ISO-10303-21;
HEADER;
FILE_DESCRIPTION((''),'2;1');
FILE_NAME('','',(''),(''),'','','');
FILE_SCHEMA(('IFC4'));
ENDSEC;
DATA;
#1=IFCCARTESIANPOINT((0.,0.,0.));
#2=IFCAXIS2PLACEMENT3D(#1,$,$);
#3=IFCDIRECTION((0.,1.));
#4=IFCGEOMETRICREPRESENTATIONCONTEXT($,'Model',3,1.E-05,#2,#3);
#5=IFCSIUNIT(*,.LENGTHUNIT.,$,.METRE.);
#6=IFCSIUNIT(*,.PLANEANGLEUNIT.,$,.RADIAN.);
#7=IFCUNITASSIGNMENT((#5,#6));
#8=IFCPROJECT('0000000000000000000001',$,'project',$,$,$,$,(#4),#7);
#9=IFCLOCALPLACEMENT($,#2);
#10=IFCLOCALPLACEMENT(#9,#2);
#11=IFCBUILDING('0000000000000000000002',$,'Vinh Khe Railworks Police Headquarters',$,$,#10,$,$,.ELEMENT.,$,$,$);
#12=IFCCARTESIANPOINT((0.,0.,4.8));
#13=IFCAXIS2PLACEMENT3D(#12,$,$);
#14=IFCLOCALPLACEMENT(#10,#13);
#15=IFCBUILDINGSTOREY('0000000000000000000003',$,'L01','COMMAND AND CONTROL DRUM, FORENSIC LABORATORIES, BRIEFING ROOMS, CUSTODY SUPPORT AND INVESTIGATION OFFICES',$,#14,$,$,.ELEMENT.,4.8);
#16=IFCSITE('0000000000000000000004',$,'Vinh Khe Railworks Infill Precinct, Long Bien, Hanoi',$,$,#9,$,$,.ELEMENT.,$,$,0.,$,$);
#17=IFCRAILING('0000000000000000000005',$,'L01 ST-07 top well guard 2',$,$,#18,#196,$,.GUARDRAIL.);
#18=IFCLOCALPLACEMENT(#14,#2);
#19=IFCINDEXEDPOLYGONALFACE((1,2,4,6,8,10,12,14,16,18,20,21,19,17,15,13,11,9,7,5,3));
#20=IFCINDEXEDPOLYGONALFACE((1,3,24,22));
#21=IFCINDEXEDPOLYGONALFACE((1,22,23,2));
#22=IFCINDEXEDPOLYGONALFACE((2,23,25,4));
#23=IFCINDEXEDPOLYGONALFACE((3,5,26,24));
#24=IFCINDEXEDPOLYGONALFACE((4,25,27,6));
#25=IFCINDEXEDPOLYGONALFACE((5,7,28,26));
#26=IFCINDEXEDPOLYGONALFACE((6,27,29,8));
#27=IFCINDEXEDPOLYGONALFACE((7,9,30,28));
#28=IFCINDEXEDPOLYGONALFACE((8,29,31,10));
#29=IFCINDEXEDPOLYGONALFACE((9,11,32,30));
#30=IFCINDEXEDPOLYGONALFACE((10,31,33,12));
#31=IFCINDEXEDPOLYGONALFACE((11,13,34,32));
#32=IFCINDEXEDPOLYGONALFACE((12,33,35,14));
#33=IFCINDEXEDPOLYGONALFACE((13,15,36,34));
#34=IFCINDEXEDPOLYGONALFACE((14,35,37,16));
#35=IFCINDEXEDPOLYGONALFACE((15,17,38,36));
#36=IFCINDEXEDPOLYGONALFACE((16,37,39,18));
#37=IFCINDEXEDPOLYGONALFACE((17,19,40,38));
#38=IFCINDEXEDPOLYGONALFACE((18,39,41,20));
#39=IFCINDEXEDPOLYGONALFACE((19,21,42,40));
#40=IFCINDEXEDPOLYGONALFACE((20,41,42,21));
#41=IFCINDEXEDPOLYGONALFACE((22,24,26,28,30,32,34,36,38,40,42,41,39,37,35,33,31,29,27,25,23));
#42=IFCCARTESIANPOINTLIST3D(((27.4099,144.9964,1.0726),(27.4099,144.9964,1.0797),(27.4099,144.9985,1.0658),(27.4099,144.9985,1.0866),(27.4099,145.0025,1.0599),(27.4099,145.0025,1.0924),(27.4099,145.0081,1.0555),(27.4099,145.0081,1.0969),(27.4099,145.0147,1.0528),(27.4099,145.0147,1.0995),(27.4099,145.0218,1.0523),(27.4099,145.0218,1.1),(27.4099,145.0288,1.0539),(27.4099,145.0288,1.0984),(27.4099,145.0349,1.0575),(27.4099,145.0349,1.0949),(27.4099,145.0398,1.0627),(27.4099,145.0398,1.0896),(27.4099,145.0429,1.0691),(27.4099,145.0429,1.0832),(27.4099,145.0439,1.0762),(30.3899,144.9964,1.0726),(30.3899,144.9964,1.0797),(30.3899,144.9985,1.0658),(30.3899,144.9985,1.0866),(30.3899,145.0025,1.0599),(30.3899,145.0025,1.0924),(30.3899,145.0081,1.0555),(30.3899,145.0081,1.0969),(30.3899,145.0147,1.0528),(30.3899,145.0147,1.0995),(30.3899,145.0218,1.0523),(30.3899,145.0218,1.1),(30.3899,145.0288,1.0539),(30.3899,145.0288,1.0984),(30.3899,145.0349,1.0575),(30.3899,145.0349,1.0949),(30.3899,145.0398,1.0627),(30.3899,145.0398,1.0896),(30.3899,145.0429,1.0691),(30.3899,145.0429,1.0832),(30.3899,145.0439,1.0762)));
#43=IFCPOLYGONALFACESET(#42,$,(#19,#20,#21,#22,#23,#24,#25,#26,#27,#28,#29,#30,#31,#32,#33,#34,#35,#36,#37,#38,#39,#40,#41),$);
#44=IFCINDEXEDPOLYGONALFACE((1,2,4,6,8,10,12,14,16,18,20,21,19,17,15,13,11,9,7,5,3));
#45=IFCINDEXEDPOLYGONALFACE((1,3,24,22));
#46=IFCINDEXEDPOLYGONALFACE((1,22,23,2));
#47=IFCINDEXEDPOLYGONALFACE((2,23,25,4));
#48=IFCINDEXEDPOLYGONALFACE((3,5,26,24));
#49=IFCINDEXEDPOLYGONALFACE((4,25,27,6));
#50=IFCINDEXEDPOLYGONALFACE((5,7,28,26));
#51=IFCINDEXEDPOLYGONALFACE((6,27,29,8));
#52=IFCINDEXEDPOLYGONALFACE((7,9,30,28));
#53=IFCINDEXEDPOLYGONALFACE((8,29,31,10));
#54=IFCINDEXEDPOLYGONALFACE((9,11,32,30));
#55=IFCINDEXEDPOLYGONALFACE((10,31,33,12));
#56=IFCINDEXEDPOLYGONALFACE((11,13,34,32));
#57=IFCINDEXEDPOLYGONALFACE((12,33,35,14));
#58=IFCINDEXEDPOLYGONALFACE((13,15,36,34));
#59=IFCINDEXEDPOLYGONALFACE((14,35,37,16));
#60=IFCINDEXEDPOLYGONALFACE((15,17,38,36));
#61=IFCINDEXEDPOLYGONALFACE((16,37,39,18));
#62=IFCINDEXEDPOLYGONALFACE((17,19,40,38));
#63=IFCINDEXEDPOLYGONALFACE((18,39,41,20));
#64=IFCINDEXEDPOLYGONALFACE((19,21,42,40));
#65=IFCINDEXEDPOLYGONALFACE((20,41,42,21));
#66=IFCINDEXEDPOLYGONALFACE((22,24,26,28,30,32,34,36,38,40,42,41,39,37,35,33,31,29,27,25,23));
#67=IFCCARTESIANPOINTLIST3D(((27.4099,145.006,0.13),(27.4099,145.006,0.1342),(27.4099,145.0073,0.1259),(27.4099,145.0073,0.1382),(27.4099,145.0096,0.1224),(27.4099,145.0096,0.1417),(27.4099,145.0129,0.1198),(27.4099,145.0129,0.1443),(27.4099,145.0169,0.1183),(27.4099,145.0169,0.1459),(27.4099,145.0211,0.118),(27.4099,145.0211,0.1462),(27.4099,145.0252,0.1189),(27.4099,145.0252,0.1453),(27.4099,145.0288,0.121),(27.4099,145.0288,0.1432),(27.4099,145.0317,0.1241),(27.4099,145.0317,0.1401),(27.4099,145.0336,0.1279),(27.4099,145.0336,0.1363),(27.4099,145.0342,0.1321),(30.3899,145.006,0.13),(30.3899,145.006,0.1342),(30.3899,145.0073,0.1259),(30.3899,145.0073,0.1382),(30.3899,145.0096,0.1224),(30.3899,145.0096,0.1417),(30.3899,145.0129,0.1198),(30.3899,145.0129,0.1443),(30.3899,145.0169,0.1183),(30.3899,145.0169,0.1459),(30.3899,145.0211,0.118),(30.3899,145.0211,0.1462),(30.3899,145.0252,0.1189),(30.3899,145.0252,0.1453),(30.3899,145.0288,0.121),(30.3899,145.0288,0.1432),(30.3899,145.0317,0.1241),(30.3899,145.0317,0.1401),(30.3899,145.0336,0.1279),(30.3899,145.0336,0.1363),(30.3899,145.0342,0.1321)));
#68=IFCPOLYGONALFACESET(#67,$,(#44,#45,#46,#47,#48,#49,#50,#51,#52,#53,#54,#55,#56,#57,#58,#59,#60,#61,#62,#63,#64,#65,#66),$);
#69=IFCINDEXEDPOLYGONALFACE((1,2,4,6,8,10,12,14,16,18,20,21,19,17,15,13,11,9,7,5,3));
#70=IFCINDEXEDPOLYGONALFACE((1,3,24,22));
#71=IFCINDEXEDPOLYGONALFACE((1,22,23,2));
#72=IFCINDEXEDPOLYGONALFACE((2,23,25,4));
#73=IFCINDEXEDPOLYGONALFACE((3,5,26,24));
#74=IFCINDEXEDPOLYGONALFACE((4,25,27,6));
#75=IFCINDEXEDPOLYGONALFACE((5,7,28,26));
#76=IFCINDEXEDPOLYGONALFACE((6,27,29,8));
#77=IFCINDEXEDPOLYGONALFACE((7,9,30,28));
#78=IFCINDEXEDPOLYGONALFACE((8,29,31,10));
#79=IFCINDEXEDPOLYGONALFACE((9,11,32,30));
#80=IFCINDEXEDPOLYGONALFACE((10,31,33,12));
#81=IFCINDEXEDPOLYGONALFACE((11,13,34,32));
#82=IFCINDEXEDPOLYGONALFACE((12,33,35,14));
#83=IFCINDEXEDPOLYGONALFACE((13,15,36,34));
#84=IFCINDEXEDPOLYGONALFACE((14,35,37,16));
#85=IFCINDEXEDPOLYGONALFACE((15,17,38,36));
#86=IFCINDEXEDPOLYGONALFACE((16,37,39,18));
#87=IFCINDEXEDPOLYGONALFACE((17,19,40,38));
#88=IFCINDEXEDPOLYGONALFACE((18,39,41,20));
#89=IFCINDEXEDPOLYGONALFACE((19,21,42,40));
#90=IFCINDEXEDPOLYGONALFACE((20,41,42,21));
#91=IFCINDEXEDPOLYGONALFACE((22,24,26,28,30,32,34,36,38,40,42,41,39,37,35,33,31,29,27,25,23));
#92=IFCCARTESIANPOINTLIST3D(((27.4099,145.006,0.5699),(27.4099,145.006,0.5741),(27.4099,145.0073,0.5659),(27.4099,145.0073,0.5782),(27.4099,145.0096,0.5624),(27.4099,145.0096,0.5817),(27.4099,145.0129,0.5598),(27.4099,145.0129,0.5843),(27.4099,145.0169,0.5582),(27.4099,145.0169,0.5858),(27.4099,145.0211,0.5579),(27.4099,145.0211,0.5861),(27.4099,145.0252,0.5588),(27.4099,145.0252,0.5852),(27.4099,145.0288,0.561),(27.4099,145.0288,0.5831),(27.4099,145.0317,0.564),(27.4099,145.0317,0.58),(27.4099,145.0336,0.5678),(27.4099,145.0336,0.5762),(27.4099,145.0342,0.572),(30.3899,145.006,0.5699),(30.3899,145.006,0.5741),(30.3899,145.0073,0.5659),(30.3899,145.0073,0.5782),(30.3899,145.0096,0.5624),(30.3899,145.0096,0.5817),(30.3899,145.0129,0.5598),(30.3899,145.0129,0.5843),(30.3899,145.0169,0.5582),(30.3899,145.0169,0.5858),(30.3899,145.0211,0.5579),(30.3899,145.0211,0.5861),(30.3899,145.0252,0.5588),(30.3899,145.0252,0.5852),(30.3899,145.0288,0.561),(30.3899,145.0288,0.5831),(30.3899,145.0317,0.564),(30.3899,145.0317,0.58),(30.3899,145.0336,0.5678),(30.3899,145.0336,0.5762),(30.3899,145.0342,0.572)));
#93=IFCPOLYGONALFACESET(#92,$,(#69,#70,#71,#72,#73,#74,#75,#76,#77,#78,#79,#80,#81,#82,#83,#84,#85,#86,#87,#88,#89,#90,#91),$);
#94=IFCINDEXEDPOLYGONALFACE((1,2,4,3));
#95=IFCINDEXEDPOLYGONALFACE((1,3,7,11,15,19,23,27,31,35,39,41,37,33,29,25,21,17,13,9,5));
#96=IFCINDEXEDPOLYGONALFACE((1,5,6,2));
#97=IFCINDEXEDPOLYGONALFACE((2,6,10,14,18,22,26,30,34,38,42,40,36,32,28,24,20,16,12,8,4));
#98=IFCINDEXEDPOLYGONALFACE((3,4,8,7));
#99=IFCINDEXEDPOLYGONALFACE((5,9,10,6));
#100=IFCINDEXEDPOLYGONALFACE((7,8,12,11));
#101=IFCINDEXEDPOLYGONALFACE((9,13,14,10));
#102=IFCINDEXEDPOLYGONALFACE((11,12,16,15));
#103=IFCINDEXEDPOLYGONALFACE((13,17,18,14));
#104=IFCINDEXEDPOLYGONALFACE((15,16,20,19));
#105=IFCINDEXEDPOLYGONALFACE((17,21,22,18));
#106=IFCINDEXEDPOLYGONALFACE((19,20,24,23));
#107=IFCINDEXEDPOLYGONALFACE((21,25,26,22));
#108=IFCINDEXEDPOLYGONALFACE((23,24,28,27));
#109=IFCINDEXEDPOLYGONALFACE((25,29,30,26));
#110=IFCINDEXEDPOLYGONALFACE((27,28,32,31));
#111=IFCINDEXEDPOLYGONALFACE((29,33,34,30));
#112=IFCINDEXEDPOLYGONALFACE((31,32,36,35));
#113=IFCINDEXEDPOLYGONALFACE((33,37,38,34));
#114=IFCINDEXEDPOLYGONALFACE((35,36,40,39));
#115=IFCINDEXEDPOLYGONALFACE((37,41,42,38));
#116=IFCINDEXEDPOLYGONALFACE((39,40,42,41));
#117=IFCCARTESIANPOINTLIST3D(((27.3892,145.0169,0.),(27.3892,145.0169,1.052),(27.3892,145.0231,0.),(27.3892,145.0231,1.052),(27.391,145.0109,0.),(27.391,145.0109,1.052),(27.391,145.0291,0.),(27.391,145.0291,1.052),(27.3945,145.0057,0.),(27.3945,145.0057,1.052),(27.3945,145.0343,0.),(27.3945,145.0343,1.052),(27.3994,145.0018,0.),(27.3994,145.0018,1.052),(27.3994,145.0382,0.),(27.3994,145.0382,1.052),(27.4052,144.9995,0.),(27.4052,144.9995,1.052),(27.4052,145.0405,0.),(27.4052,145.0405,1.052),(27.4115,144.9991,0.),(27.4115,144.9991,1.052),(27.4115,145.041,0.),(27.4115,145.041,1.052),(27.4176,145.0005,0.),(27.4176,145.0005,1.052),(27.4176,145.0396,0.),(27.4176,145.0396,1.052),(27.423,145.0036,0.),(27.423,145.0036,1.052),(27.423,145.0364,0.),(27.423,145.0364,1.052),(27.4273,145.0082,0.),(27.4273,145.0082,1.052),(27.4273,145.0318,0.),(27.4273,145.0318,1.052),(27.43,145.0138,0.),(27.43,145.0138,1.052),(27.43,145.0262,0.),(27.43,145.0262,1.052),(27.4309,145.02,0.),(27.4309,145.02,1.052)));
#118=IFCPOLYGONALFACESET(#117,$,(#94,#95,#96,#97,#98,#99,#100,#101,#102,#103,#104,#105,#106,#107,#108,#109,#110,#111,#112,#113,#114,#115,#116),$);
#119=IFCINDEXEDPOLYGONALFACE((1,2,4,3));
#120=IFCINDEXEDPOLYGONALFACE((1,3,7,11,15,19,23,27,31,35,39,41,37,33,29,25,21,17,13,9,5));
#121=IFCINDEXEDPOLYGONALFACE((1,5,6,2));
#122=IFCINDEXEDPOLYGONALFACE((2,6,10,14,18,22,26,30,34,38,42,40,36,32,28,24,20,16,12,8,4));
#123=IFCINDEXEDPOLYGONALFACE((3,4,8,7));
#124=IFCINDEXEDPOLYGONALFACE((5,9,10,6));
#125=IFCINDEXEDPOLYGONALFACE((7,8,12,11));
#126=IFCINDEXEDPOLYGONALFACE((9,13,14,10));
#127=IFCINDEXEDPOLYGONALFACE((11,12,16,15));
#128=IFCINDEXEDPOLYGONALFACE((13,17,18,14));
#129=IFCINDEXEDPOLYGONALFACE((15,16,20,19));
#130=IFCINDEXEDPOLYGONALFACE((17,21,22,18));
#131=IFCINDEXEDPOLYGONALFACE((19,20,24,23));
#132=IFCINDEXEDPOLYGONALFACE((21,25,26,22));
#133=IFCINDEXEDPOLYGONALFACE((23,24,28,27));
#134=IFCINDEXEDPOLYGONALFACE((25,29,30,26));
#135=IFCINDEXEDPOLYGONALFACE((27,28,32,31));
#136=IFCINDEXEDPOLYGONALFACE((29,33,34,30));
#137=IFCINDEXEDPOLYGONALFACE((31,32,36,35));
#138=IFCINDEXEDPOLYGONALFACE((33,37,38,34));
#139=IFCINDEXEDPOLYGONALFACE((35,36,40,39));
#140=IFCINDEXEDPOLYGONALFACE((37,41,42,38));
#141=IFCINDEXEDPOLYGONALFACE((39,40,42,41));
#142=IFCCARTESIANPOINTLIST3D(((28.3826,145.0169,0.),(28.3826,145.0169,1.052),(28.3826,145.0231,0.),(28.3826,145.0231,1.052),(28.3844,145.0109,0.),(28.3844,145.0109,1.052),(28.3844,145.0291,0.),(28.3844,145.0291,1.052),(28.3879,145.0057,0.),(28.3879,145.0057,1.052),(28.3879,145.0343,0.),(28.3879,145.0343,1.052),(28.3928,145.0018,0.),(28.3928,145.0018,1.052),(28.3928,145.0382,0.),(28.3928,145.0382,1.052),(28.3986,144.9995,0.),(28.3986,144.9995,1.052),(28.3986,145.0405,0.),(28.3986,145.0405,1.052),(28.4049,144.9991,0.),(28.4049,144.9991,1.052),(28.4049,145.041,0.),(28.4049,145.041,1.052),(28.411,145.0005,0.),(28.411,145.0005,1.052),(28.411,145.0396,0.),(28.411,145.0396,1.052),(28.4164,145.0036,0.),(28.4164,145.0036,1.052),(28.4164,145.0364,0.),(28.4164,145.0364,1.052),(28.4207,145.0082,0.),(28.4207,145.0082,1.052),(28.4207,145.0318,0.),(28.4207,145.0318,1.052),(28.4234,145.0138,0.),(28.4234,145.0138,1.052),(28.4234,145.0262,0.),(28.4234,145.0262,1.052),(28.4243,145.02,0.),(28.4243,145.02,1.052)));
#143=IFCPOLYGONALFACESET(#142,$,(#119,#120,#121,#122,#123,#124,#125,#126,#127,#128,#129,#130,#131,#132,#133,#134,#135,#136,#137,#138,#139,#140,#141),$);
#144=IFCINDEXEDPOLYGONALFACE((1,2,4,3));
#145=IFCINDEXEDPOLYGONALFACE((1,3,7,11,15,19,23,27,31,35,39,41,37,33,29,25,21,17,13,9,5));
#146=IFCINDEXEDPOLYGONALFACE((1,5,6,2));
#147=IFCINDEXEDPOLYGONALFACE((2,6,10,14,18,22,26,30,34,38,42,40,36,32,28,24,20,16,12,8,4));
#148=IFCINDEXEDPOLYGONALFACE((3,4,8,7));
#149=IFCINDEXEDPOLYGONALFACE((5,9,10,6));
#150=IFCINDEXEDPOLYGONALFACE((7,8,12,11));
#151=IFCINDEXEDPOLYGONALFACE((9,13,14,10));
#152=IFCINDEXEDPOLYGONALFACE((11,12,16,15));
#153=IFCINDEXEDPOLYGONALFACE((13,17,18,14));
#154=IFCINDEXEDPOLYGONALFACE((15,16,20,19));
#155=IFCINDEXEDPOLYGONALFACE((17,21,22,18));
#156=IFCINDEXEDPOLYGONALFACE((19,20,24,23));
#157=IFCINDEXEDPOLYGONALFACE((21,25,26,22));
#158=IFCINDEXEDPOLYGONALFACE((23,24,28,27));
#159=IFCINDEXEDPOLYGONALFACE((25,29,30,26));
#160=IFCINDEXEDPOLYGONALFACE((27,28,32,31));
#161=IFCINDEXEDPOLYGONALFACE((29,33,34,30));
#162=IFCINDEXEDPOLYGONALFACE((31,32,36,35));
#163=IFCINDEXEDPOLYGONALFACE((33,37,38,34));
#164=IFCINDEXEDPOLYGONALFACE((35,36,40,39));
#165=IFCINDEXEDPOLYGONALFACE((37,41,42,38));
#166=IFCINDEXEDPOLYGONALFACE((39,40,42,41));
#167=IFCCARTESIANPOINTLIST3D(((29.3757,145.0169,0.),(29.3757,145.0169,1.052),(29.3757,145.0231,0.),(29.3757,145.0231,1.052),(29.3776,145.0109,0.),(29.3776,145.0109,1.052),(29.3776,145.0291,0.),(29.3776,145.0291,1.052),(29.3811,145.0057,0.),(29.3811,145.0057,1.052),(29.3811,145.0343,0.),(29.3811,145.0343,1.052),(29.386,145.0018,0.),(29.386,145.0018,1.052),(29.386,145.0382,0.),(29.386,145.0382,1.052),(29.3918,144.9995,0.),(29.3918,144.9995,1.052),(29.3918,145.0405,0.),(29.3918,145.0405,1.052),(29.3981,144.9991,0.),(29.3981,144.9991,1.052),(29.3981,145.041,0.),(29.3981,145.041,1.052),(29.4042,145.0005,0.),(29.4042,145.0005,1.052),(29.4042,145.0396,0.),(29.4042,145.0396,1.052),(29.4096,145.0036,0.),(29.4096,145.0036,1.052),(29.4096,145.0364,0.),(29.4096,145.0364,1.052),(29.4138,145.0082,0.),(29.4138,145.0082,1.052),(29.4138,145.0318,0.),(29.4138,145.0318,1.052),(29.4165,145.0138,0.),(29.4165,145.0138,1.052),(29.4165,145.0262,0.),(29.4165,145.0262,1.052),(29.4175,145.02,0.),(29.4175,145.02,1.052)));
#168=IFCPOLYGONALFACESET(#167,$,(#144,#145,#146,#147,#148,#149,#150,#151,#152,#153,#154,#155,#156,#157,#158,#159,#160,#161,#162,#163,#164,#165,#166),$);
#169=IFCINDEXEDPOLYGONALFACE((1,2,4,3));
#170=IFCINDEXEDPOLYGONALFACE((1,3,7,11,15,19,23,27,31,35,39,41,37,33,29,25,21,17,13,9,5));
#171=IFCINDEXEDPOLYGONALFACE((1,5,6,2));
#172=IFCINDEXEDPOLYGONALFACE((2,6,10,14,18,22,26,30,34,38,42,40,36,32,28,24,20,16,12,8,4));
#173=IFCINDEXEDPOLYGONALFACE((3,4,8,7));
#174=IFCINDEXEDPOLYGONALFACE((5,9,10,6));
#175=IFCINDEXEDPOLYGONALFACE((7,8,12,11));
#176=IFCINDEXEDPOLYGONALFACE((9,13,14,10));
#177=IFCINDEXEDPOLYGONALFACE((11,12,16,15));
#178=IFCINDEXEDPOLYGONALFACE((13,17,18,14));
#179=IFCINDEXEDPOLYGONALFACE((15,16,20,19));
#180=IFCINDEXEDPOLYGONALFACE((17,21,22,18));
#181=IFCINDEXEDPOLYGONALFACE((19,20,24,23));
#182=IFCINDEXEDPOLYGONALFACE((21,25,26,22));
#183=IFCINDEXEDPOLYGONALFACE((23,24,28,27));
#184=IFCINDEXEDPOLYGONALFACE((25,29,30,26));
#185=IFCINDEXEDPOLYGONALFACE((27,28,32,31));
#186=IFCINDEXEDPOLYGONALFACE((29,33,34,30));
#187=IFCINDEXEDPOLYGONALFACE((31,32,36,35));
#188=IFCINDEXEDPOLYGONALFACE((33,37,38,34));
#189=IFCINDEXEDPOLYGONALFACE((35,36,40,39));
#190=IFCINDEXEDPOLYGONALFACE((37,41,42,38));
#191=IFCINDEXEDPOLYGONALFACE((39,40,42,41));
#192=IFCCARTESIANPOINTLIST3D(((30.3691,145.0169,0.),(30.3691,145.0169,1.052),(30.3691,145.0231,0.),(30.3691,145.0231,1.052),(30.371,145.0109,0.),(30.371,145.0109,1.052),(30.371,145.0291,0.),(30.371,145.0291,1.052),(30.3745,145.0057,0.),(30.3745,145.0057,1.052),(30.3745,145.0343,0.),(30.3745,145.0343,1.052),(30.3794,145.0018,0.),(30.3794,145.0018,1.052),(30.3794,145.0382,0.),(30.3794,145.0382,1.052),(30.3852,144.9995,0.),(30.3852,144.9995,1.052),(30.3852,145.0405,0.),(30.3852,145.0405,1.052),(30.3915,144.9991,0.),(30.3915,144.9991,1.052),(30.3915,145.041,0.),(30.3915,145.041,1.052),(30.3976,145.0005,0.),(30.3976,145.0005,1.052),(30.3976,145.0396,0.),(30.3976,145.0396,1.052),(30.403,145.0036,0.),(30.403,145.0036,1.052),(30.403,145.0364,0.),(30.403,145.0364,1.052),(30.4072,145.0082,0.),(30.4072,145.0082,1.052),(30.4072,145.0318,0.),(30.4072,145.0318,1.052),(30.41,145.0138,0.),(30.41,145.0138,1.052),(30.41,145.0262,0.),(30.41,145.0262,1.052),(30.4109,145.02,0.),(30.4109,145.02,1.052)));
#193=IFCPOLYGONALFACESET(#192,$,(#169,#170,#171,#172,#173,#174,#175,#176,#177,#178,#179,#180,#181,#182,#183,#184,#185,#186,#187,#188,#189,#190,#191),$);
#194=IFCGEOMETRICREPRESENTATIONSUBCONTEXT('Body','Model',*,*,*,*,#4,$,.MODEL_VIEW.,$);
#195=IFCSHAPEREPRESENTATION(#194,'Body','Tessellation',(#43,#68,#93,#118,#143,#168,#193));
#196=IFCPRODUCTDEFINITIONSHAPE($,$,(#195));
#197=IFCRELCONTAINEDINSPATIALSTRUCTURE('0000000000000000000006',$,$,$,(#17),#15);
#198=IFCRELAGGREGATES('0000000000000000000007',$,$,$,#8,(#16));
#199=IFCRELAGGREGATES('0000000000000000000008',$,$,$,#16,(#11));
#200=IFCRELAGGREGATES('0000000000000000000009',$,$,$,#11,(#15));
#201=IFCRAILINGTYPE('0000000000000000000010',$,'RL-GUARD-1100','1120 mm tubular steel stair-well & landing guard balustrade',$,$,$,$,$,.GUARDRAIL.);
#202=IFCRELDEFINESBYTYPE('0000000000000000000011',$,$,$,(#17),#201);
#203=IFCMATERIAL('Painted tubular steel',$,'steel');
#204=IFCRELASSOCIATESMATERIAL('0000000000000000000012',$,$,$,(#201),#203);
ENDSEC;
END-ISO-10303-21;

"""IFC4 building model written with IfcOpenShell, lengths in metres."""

from ifc_helpers import new_model, si_unit, direction, frame, origin, origin_2d, place, context, subcontext, project, spatial, circle, extrude, material, type_object, element, save


model = new_model("IFC4")

# Units and contexts
model_context = context("Model", 3, precision=1e-05, world=origin(), true_north=direction((0.0, 1.0)))
body_context = subcontext(model_context, "Body", "Model", "MODEL_VIEW")
ifc_project = project(units=[si_unit("LENGTHUNIT", "METRE"), si_unit("PLANEANGLEUNIT", "RADIAN")], contexts=[model_context])

# Site, building, storey
site_placement = place(None, origin())
site = spatial("IfcSite", under=ifc_project, at=site_placement, Name="Vinh Khe Railworks Infill Precinct, Long Bien, Hanoi", CompositionType="ELEMENT", RefElevation=0.0)
building_placement = place(site_placement, origin())
building = spatial("IfcBuilding", under=site, at=building_placement, Name="Vinh Khe Railworks Police Headquarters", CompositionType="ELEMENT")
storey_placement = place(building_placement, frame((0.0, 0.0, 4.8)))
storey = spatial("IfcBuildingStorey", under=building, at=storey_placement, Name="L01", Description="COMMAND AND CONTROL DRUM, FORENSIC LABORATORIES, BRIEFING ROOMS, CUSTODY SUPPORT AND INVESTIGATION OFFICES", CompositionType="ELEMENT", Elevation=4.8)

# Railing
ifc_material_1 = material(Name="Painted tubular steel", Category="steel")
railing_type_1 = type_object("IfcRailingType", Name="RL-GUARD-1100", Description="1120 mm tubular steel stair-well & landing guard balustrade", PredefinedType="GUARDRAIL", material=ifc_material_1)
railing_1_placement = place(storey_placement, frame((27.4099, 145.02, 0.0)))
element("IfcRailing", 1, at=railing_1_placement, inside=storey, type_object=railing_type_1, Name="L01 ST-07 top well guard 2", PredefinedType="GUARDRAIL", context=body_context, shape_type="SweptSolid", body=[
    extrude(circle(Radius=0.0239, at=origin_2d()), frame((0.0, 0.0, 1.0762), z_axis=(1.0, 0.0, 0.0), x_axis=(0.0, 1.0, 0.0)), (0.0, 0.0, 1.0), 2.98),
    extrude(circle(Radius=0.0142, at=origin_2d()), frame((0.0, 0.0, 0.1321), z_axis=(1.0, 0.0, 0.0), x_axis=(0.0, 1.0, 0.0)), (0.0, 0.0, 1.0), 2.98),
    extrude(circle(Radius=0.0142, at=origin_2d()), frame((0.0, 0.0, 0.572), z_axis=(1.0, 0.0, 0.0), x_axis=(0.0, 1.0, 0.0)), (0.0, 0.0, 1.0), 2.98),
    extrude(circle(Radius=0.021, at=origin_2d()), origin(), (0.0, 0.0, 1.0), 1.052),
    extrude(circle(Radius=0.021, at=origin_2d()), frame((0.9934, 0.0, 0.0)), (0.0, 0.0, 1.0), 1.052),
    extrude(circle(Radius=0.021, at=origin_2d()), frame((1.9866, 0.0, 0.0)), (0.0, 0.0, 1.0), 1.052),
    extrude(circle(Radius=0.021, at=origin_2d()), frame((2.98, 0.0, 0.0)), (0.0, 0.0, 1.0), 1.052),
])

save(model, "model.ifc")
